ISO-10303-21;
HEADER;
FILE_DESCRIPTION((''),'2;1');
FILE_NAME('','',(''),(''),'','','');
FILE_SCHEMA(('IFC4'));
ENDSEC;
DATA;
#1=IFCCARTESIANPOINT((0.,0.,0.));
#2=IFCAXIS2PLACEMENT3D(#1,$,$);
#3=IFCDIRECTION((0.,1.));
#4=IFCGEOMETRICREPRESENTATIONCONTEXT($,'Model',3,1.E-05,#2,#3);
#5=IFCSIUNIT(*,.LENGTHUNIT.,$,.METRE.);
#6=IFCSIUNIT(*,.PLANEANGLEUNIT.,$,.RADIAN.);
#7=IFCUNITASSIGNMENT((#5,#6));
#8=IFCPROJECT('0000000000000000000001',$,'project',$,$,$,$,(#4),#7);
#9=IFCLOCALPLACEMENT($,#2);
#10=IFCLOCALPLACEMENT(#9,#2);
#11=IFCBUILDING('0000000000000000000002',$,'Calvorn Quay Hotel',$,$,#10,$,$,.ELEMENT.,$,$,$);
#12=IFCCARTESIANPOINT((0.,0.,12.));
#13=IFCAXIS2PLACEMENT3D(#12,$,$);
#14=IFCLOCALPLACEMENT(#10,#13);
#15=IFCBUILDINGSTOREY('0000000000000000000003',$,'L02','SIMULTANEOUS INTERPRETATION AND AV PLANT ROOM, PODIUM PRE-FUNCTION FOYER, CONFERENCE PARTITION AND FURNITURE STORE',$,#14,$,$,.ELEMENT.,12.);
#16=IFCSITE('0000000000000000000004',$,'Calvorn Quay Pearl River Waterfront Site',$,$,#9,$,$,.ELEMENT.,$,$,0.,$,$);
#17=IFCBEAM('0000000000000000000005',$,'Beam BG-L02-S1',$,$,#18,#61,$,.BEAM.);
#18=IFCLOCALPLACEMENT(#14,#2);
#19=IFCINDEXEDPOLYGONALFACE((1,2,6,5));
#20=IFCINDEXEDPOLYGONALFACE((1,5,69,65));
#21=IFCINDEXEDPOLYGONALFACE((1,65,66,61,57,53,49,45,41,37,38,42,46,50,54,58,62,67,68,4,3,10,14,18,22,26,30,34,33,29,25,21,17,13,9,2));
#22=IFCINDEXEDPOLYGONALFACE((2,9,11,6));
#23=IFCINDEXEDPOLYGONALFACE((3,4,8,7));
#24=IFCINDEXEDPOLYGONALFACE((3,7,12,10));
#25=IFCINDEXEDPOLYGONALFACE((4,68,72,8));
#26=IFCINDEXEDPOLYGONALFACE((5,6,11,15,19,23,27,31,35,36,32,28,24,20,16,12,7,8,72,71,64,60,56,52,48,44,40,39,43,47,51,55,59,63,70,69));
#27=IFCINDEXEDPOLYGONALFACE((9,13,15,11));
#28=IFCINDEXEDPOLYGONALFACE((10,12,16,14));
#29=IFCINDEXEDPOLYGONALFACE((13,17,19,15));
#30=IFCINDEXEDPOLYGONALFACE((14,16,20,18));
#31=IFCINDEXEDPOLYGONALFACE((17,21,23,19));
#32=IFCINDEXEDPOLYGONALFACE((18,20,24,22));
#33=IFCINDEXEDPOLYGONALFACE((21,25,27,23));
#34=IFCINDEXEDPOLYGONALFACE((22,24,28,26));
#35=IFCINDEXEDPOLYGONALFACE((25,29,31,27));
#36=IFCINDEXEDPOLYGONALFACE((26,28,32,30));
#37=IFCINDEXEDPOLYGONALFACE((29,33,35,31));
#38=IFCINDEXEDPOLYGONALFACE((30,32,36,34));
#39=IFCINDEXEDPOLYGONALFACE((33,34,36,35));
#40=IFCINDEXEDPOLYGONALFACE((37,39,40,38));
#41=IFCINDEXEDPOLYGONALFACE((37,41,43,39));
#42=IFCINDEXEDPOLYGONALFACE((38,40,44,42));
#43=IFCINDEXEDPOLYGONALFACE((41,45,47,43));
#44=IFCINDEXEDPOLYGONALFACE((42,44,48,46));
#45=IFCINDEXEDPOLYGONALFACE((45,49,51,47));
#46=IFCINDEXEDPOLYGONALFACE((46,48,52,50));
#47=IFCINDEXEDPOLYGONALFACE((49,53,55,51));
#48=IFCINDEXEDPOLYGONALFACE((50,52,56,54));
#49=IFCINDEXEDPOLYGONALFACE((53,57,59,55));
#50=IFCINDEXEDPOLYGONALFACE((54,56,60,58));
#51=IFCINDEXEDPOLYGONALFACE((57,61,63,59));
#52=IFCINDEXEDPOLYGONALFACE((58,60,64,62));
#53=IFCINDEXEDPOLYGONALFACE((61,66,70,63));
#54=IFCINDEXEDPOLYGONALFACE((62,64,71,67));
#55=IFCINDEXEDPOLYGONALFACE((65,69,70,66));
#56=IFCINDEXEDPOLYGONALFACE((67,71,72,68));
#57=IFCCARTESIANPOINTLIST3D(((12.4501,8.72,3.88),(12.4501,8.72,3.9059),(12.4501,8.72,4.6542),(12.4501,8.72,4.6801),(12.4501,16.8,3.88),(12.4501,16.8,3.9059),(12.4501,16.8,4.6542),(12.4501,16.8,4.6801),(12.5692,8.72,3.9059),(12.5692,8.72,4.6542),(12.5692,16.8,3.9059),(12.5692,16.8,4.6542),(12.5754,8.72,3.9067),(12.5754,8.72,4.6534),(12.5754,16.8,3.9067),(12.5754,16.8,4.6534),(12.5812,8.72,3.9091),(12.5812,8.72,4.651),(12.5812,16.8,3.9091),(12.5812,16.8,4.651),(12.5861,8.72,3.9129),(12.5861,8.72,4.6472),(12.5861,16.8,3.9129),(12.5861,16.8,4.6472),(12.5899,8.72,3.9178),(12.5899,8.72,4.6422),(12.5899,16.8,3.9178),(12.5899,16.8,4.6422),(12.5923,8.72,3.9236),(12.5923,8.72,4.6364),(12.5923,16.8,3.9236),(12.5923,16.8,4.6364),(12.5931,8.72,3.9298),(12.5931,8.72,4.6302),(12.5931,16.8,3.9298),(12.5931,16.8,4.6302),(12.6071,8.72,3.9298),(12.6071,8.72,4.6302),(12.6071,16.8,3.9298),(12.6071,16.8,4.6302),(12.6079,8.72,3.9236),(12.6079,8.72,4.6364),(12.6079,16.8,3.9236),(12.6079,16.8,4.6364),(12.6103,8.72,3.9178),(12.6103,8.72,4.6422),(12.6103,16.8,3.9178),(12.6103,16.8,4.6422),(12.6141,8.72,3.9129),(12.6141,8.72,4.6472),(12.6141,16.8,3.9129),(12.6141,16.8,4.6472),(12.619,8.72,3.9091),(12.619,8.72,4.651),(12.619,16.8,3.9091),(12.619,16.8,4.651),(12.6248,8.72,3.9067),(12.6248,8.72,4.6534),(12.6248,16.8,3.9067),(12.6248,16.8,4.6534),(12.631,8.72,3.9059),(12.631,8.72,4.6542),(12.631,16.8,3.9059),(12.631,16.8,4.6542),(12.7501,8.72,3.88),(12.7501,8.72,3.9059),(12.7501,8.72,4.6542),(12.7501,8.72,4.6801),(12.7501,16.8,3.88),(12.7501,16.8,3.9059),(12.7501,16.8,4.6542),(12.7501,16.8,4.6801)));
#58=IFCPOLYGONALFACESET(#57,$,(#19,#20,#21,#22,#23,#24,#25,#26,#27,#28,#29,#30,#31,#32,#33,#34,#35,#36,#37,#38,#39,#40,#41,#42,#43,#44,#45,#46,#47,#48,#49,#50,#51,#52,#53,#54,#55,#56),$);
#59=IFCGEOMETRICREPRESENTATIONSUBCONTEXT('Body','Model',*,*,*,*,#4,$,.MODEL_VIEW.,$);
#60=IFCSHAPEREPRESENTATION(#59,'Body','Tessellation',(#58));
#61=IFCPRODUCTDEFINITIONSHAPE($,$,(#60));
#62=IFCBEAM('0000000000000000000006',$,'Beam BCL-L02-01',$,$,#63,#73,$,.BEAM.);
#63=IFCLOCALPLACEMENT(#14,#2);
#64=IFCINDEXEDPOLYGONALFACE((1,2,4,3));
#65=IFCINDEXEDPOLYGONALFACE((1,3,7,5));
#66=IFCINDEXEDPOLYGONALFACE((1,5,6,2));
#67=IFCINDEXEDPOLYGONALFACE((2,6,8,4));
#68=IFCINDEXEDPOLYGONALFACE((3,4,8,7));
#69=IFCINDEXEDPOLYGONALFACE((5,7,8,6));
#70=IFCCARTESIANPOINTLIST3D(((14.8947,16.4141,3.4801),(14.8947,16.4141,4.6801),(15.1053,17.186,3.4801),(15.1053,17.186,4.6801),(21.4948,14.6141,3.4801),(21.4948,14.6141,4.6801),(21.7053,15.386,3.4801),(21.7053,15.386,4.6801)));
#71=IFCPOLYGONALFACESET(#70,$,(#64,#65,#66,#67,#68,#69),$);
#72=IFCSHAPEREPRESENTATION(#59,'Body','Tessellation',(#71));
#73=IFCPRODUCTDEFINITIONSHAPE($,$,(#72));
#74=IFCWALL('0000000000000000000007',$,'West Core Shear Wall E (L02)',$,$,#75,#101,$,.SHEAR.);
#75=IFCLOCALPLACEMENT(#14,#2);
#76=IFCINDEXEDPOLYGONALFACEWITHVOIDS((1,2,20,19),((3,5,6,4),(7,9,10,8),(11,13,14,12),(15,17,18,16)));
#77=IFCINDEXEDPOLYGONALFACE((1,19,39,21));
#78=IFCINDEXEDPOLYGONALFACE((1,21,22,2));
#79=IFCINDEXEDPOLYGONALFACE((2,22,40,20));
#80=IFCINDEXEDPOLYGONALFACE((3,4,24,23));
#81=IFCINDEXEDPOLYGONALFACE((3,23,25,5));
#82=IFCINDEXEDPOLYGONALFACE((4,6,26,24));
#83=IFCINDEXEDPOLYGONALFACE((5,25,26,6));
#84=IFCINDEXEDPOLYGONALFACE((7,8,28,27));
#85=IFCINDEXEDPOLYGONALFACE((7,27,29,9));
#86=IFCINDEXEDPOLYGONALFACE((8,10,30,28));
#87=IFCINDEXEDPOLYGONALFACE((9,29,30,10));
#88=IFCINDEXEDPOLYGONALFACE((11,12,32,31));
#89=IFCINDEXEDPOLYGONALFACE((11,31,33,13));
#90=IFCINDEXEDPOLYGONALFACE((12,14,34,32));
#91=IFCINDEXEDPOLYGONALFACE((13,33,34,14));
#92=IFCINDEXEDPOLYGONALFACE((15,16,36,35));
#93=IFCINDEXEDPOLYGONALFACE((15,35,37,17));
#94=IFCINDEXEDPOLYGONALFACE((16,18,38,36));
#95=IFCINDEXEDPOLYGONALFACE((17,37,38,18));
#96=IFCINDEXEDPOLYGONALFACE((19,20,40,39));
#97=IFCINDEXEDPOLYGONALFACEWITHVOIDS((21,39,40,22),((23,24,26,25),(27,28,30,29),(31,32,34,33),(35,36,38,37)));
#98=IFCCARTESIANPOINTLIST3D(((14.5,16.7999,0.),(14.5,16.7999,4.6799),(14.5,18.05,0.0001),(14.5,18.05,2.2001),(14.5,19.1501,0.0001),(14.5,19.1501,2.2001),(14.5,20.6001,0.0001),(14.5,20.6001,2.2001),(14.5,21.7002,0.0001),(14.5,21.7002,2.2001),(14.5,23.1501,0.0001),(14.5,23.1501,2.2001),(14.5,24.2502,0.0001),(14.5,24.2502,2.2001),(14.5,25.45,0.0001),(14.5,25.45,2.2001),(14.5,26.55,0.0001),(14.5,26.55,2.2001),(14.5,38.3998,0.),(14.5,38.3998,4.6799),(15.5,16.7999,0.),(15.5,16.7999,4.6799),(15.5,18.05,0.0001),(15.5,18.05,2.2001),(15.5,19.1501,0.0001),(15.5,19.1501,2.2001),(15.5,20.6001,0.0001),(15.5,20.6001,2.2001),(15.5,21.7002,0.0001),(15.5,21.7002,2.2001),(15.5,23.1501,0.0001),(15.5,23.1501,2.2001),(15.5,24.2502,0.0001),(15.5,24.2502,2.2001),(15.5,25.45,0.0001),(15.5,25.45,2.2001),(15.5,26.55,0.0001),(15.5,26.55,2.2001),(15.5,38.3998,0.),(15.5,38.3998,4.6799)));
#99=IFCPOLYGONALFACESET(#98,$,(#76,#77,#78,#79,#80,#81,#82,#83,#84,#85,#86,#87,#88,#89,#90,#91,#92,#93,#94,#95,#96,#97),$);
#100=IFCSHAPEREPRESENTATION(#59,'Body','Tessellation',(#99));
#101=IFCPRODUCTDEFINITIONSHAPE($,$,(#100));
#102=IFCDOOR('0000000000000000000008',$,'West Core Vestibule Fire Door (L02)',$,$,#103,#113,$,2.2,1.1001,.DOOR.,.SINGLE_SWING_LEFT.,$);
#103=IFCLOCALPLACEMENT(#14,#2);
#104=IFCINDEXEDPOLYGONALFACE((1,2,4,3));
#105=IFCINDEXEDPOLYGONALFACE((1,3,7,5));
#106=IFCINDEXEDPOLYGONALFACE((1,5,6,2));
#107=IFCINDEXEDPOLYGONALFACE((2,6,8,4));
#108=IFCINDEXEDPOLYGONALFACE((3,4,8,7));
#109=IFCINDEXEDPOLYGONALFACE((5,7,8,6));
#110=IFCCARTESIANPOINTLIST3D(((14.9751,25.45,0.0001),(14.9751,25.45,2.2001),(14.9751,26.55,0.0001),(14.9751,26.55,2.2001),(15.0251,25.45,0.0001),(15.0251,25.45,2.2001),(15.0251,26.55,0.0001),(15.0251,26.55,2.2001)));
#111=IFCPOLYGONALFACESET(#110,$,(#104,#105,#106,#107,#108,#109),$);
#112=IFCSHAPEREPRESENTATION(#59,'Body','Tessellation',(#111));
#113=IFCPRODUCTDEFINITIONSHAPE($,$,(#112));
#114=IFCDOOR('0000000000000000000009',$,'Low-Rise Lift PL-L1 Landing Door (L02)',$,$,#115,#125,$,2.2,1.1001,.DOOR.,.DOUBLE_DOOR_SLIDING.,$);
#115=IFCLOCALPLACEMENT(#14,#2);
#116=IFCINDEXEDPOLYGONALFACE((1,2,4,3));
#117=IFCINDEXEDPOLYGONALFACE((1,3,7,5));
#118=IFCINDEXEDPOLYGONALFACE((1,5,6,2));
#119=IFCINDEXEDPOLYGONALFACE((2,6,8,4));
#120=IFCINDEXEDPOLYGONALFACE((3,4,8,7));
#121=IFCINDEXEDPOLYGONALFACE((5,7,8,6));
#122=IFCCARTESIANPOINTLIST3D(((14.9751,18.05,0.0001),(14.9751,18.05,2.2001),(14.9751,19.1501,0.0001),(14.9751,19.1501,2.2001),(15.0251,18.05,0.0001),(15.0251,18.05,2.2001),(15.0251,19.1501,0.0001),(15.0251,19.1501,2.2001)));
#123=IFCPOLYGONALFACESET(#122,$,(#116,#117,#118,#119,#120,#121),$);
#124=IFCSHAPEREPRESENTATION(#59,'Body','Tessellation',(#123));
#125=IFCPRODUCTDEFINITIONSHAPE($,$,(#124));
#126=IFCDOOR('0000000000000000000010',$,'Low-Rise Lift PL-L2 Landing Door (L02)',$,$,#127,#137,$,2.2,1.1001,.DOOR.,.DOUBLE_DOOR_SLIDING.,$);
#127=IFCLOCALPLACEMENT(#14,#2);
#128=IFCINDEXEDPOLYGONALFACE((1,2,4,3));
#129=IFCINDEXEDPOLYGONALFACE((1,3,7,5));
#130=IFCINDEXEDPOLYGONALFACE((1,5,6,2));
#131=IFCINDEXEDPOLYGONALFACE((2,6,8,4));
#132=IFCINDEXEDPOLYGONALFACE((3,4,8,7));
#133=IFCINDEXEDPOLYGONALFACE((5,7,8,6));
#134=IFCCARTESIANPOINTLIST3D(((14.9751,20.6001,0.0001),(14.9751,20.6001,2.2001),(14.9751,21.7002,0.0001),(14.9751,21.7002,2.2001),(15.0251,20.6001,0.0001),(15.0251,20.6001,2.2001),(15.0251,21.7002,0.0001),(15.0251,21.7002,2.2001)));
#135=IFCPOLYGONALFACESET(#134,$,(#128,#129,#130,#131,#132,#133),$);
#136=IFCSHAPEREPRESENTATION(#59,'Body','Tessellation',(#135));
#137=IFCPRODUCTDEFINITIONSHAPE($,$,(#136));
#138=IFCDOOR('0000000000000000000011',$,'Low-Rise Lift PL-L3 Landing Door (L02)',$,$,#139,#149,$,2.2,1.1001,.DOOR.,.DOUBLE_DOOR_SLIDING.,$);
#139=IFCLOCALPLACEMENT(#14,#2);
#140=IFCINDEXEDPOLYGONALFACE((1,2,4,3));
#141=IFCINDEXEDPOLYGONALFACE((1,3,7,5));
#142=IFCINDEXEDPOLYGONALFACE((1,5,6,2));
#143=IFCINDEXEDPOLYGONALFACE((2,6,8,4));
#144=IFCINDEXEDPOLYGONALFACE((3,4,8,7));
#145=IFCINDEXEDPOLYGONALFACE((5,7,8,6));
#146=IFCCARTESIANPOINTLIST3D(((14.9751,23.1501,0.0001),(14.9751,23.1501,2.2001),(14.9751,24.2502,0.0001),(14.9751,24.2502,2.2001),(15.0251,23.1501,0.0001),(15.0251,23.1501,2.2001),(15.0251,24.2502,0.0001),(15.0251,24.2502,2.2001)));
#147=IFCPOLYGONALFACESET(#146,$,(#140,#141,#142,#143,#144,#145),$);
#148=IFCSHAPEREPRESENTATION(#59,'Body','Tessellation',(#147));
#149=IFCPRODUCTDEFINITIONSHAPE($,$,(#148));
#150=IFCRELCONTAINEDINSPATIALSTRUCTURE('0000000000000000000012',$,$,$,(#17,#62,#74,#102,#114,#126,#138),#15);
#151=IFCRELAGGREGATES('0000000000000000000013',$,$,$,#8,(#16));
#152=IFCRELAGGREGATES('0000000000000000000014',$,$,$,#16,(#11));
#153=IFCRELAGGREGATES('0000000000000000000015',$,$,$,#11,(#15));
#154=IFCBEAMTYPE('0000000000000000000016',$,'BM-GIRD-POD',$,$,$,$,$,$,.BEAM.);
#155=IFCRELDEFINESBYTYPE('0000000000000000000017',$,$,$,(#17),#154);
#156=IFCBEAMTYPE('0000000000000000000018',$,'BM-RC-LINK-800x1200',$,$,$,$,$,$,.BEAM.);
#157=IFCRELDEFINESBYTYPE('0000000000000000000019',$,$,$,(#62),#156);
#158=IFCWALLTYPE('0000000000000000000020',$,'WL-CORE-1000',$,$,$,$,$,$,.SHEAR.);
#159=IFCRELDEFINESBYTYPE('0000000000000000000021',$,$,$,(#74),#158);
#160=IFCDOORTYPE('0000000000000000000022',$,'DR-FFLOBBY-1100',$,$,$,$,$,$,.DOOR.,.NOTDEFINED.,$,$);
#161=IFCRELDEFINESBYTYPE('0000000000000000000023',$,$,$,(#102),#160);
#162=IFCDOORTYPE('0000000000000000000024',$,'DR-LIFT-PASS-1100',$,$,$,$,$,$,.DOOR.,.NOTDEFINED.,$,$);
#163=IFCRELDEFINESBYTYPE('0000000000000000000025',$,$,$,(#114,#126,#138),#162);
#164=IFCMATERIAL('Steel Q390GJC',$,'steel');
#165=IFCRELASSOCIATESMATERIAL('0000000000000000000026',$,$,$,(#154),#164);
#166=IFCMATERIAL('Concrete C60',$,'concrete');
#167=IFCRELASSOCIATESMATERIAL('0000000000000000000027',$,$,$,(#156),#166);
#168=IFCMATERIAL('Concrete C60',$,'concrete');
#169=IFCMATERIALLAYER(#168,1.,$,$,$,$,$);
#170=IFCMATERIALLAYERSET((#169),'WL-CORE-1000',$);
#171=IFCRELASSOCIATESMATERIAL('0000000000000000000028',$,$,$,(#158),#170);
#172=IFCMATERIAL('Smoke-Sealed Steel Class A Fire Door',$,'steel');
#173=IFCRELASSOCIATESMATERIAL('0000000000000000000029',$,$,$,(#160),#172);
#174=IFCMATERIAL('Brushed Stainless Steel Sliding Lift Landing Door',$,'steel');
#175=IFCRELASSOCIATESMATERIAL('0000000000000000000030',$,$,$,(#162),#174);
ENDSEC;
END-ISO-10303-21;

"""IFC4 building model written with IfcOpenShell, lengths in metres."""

from ifc_helpers import new_model, si_unit, direction, frame, frame_2d, origin, origin_2d, place, context, subcontext, project, spatial, rectangle, i_section, extrude, material, layer, layer_set, material_profile, profile_set, type_object, element, fill, save


model = new_model("IFC4")

# Units and contexts
model_context = context("Model", 3, precision=1e-05, world=origin(), true_north=direction((0.0, 1.0)))
body_context = subcontext(model_context, "Body", "Model", "MODEL_VIEW")
ifc_project = project(units=[si_unit("LENGTHUNIT", "METRE"), si_unit("PLANEANGLEUNIT", "RADIAN")], contexts=[model_context])

# Site, building, storey
site_placement = place(None, origin())
site = spatial("IfcSite", under=ifc_project, at=site_placement, Name="Calvorn Quay Pearl River Waterfront Site", CompositionType="ELEMENT", RefElevation=0.0)
building_placement = place(site_placement, origin())
building = spatial("IfcBuilding", under=site, at=building_placement, Name="Calvorn Quay Hotel", CompositionType="ELEMENT")
storey_placement = place(building_placement, frame((0.0, 0.0, 12.0)))
storey = spatial("IfcBuildingStorey", under=building, at=storey_placement, Name="L02", Description="SIMULTANEOUS INTERPRETATION AND AV PLANT ROOM, PODIUM PRE-FUNCTION FOYER, CONFERENCE PARTITION AND FURNITURE STORE", CompositionType="ELEMENT", Elevation=12.0)

# Beams
ifc_material_1 = material(Name="Steel Q390GJC", Category="steel")
ifc_material_profile_1 = material_profile(ifc_material_1, i_section(OverallWidth=0.3, OverallDepth=0.8, WebThickness=0.0139, FlangeThickness=0.0259, FilletRadius=0.0239, at=origin_2d()), Name="HN800x300x14x26")
ifc_profile_set_1 = profile_set([ifc_material_profile_1], Name="Steel Q390GJC")
beam_type_1 = type_object("IfcBeamType", Name="BM-GIRD-POD", PredefinedType="BEAM", material=ifc_profile_set_1)
beam_1_placement = place(storey_placement, frame((12.6001, 8.72, 4.28), z_axis=(0.0, 1.0, 0.0), x_axis=(-1.0, 0.0, 0.0)))
element("IfcBeam", 1, at=beam_1_placement, inside=storey, type_object=beam_type_1, Name="Beam BG-L02-S1", PredefinedType="BEAM", context=body_context, shape_type="SweptSolid", body=[
    extrude(i_section(OverallWidth=0.3, OverallDepth=0.8, WebThickness=0.0139, FlangeThickness=0.0259, FilletRadius=0.0239, at=origin_2d()), origin(), (0.0, 0.0, 1.0), 8.0801),
])
ifc_material_2 = material(Name="Concrete C60", Category="concrete")
ifc_material_profile_2 = material_profile(ifc_material_2, rectangle(XDim=0.8, YDim=1.2, at=origin_2d()), Name="RCB800x1200")
ifc_profile_set_2 = profile_set([ifc_material_profile_2], Name="Concrete C60")
beam_type_2 = type_object("IfcBeamType", Name="BM-RC-LINK-800x1200", PredefinedType="BEAM", material=ifc_profile_set_2)
beam_2_placement = place(storey_placement, frame((15.0, 16.8, 4.0801), z_axis=(0.964763, -0.26312, 0.0), x_axis=(0.26312, 0.964763, 0.0)))
element("IfcBeam", 2, at=beam_2_placement, inside=storey, type_object=beam_type_2, Name="Beam BCL-L02-01", PredefinedType="BEAM", context=body_context, shape_type="SweptSolid", body=[
    extrude(rectangle(XDim=0.8, YDim=1.2, at=origin_2d()), origin(), (0.0, 0.0, 1.0), 6.8411),
])

# Wall, openings, doors
ifc_material_3 = material(Name="Concrete C60", Category="concrete")
ifc_layer_1 = layer(ifc_material_3, 1.0)
ifc_layer_set_1 = layer_set([ifc_layer_1], Name="WL-CORE-1000")
wall_type_1 = type_object("IfcWallType", Name="WL-CORE-1000", PredefinedType="SHEAR", material=ifc_layer_set_1)
wall_1_placement = place(storey_placement, frame((15.0, 16.8, 0.0), z_axis=(0.0, 0.0, 1.0), x_axis=(0.0, 1.0, 0.0)))
wall_1 = element("IfcWall", 3, at=wall_1_placement, inside=storey, type_object=wall_type_1, Name="West Core Shear Wall E (L02)", PredefinedType="SHEAR", context=body_context, shape_type="SweptSolid", body=[
    extrude(rectangle(XDim=21.5999, YDim=1.0, at=frame_2d((10.7998, 0.0))), origin(), (0.0, 0.0, 1.0), 4.6799),
])
opening_1_placement = place(wall_1_placement, frame((8.6499, 0.0, 0.0)))
opening_1 = element("IfcOpeningElement", 4, at=opening_1_placement, cuts=wall_1, PredefinedType="OPENING", context=body_context, shape_type="SweptSolid", body=[
    extrude(rectangle(XDim=1.1001, YDim=2.2, at=frame_2d((0.55, 1.1001))), frame((0.0, 0.51, 0.0), z_axis=(0.0, -1.0, 0.0), x_axis=(1.0, 0.0, 0.0)), (0.0, 0.0, 1.0), 1.02),
])
opening_2_placement = place(wall_1_placement, frame((1.25, 0.0, 0.0)))
opening_2 = element("IfcOpeningElement", 5, at=opening_2_placement, cuts=wall_1, PredefinedType="OPENING", context=body_context, shape_type="SweptSolid", body=[
    extrude(rectangle(XDim=1.1001, YDim=2.2, at=frame_2d((0.55, 1.1001))), frame((0.0, 0.51, 0.0), z_axis=(0.0, -1.0, 0.0), x_axis=(1.0, 0.0, 0.0)), (0.0, 0.0, 1.0), 1.02),
])
opening_3_placement = place(wall_1_placement, frame((3.8, 0.0, 0.0)))
opening_3 = element("IfcOpeningElement", 6, at=opening_3_placement, cuts=wall_1, PredefinedType="OPENING", context=body_context, shape_type="SweptSolid", body=[
    extrude(rectangle(XDim=1.1001, YDim=2.2, at=frame_2d((0.55, 1.1001))), frame((0.0, 0.51, 0.0), z_axis=(0.0, -1.0, 0.0), x_axis=(1.0, 0.0, 0.0)), (0.0, 0.0, 1.0), 1.02),
])
opening_4_placement = place(wall_1_placement, frame((6.3501, 0.0, 0.0)))
opening_4 = element("IfcOpeningElement", 7, at=opening_4_placement, cuts=wall_1, PredefinedType="OPENING", context=body_context, shape_type="SweptSolid", body=[
    extrude(rectangle(XDim=1.1001, YDim=2.2, at=frame_2d((0.55, 1.1001))), frame((0.0, 0.51, 0.0), z_axis=(0.0, -1.0, 0.0), x_axis=(1.0, 0.0, 0.0)), (0.0, 0.0, 1.0), 1.02),
])
ifc_material_4 = material(Name="Smoke-Sealed Steel Class A Fire Door", Category="steel")
door_type_1 = type_object("IfcDoorType", Name="DR-FFLOBBY-1100", OperationType="NOTDEFINED", PredefinedType="DOOR", material=ifc_material_4)
door_1_placement = place(opening_1_placement, origin())
door_1 = element("IfcDoor", 8, at=door_1_placement, inside=storey, type_object=door_type_1, Name="West Core Vestibule Fire Door (L02)", OperationType="SINGLE_SWING_LEFT", OverallHeight=2.2, OverallWidth=1.1001, PredefinedType="DOOR", context=body_context, shape_type="SweptSolid", body=[
    extrude(rectangle(XDim=1.1001, YDim=2.2, at=frame_2d((0.55, 1.1001))), frame((0.0, 0.0249, 0.0), z_axis=(0.0, -1.0, 0.0), x_axis=(1.0, 0.0, 0.0)), (0.0, 0.0, 1.0), 0.05),
])
fill(opening_1, door_1)
ifc_material_5 = material(Name="Brushed Stainless Steel Sliding Lift Landing Door", Category="steel")
door_type_2 = type_object("IfcDoorType", Name="DR-LIFT-PASS-1100", OperationType="NOTDEFINED", PredefinedType="DOOR", material=ifc_material_5)
door_2_placement = place(opening_2_placement, origin())
door_2 = element("IfcDoor", 9, at=door_2_placement, inside=storey, type_object=door_type_2, Name="Low-Rise Lift PL-L1 Landing Door (L02)", OperationType="DOUBLE_DOOR_SLIDING", OverallHeight=2.2, OverallWidth=1.1001, PredefinedType="DOOR", context=body_context, shape_type="SweptSolid", body=[
    extrude(rectangle(XDim=1.1001, YDim=2.2, at=frame_2d((0.55, 1.1001))), frame((0.0, 0.0249, 0.0), z_axis=(0.0, -1.0, 0.0), x_axis=(1.0, 0.0, 0.0)), (0.0, 0.0, 1.0), 0.05),
])
fill(opening_2, door_2)
door_3_placement = place(opening_3_placement, origin())
door_3 = element("IfcDoor", 10, at=door_3_placement, inside=storey, type_object=door_type_2, Name="Low-Rise Lift PL-L2 Landing Door (L02)", OperationType="DOUBLE_DOOR_SLIDING", OverallHeight=2.2, OverallWidth=1.1001, PredefinedType="DOOR", context=body_context, shape_type="SweptSolid", body=[
    extrude(rectangle(XDim=1.1001, YDim=2.2, at=frame_2d((0.55, 1.1001))), frame((0.0, 0.0249, 0.0), z_axis=(0.0, -1.0, 0.0), x_axis=(1.0, 0.0, 0.0)), (0.0, 0.0, 1.0), 0.05),
])
fill(opening_3, door_3)
door_4_placement = place(opening_4_placement, origin())
door_4 = element("IfcDoor", 11, at=door_4_placement, inside=storey, type_object=door_type_2, Name="Low-Rise Lift PL-L3 Landing Door (L02)", OperationType="DOUBLE_DOOR_SLIDING", OverallHeight=2.2, OverallWidth=1.1001, PredefinedType="DOOR", context=body_context, shape_type="SweptSolid", body=[
    extrude(rectangle(XDim=1.1001, YDim=2.2, at=frame_2d((0.55, 1.1001))), frame((0.0, 0.0249, 0.0), z_axis=(0.0, -1.0, 0.0), x_axis=(1.0, 0.0, 0.0)), (0.0, 0.0, 1.0), 0.05),
])
fill(opening_4, door_4)

save(model, "model.ifc")
